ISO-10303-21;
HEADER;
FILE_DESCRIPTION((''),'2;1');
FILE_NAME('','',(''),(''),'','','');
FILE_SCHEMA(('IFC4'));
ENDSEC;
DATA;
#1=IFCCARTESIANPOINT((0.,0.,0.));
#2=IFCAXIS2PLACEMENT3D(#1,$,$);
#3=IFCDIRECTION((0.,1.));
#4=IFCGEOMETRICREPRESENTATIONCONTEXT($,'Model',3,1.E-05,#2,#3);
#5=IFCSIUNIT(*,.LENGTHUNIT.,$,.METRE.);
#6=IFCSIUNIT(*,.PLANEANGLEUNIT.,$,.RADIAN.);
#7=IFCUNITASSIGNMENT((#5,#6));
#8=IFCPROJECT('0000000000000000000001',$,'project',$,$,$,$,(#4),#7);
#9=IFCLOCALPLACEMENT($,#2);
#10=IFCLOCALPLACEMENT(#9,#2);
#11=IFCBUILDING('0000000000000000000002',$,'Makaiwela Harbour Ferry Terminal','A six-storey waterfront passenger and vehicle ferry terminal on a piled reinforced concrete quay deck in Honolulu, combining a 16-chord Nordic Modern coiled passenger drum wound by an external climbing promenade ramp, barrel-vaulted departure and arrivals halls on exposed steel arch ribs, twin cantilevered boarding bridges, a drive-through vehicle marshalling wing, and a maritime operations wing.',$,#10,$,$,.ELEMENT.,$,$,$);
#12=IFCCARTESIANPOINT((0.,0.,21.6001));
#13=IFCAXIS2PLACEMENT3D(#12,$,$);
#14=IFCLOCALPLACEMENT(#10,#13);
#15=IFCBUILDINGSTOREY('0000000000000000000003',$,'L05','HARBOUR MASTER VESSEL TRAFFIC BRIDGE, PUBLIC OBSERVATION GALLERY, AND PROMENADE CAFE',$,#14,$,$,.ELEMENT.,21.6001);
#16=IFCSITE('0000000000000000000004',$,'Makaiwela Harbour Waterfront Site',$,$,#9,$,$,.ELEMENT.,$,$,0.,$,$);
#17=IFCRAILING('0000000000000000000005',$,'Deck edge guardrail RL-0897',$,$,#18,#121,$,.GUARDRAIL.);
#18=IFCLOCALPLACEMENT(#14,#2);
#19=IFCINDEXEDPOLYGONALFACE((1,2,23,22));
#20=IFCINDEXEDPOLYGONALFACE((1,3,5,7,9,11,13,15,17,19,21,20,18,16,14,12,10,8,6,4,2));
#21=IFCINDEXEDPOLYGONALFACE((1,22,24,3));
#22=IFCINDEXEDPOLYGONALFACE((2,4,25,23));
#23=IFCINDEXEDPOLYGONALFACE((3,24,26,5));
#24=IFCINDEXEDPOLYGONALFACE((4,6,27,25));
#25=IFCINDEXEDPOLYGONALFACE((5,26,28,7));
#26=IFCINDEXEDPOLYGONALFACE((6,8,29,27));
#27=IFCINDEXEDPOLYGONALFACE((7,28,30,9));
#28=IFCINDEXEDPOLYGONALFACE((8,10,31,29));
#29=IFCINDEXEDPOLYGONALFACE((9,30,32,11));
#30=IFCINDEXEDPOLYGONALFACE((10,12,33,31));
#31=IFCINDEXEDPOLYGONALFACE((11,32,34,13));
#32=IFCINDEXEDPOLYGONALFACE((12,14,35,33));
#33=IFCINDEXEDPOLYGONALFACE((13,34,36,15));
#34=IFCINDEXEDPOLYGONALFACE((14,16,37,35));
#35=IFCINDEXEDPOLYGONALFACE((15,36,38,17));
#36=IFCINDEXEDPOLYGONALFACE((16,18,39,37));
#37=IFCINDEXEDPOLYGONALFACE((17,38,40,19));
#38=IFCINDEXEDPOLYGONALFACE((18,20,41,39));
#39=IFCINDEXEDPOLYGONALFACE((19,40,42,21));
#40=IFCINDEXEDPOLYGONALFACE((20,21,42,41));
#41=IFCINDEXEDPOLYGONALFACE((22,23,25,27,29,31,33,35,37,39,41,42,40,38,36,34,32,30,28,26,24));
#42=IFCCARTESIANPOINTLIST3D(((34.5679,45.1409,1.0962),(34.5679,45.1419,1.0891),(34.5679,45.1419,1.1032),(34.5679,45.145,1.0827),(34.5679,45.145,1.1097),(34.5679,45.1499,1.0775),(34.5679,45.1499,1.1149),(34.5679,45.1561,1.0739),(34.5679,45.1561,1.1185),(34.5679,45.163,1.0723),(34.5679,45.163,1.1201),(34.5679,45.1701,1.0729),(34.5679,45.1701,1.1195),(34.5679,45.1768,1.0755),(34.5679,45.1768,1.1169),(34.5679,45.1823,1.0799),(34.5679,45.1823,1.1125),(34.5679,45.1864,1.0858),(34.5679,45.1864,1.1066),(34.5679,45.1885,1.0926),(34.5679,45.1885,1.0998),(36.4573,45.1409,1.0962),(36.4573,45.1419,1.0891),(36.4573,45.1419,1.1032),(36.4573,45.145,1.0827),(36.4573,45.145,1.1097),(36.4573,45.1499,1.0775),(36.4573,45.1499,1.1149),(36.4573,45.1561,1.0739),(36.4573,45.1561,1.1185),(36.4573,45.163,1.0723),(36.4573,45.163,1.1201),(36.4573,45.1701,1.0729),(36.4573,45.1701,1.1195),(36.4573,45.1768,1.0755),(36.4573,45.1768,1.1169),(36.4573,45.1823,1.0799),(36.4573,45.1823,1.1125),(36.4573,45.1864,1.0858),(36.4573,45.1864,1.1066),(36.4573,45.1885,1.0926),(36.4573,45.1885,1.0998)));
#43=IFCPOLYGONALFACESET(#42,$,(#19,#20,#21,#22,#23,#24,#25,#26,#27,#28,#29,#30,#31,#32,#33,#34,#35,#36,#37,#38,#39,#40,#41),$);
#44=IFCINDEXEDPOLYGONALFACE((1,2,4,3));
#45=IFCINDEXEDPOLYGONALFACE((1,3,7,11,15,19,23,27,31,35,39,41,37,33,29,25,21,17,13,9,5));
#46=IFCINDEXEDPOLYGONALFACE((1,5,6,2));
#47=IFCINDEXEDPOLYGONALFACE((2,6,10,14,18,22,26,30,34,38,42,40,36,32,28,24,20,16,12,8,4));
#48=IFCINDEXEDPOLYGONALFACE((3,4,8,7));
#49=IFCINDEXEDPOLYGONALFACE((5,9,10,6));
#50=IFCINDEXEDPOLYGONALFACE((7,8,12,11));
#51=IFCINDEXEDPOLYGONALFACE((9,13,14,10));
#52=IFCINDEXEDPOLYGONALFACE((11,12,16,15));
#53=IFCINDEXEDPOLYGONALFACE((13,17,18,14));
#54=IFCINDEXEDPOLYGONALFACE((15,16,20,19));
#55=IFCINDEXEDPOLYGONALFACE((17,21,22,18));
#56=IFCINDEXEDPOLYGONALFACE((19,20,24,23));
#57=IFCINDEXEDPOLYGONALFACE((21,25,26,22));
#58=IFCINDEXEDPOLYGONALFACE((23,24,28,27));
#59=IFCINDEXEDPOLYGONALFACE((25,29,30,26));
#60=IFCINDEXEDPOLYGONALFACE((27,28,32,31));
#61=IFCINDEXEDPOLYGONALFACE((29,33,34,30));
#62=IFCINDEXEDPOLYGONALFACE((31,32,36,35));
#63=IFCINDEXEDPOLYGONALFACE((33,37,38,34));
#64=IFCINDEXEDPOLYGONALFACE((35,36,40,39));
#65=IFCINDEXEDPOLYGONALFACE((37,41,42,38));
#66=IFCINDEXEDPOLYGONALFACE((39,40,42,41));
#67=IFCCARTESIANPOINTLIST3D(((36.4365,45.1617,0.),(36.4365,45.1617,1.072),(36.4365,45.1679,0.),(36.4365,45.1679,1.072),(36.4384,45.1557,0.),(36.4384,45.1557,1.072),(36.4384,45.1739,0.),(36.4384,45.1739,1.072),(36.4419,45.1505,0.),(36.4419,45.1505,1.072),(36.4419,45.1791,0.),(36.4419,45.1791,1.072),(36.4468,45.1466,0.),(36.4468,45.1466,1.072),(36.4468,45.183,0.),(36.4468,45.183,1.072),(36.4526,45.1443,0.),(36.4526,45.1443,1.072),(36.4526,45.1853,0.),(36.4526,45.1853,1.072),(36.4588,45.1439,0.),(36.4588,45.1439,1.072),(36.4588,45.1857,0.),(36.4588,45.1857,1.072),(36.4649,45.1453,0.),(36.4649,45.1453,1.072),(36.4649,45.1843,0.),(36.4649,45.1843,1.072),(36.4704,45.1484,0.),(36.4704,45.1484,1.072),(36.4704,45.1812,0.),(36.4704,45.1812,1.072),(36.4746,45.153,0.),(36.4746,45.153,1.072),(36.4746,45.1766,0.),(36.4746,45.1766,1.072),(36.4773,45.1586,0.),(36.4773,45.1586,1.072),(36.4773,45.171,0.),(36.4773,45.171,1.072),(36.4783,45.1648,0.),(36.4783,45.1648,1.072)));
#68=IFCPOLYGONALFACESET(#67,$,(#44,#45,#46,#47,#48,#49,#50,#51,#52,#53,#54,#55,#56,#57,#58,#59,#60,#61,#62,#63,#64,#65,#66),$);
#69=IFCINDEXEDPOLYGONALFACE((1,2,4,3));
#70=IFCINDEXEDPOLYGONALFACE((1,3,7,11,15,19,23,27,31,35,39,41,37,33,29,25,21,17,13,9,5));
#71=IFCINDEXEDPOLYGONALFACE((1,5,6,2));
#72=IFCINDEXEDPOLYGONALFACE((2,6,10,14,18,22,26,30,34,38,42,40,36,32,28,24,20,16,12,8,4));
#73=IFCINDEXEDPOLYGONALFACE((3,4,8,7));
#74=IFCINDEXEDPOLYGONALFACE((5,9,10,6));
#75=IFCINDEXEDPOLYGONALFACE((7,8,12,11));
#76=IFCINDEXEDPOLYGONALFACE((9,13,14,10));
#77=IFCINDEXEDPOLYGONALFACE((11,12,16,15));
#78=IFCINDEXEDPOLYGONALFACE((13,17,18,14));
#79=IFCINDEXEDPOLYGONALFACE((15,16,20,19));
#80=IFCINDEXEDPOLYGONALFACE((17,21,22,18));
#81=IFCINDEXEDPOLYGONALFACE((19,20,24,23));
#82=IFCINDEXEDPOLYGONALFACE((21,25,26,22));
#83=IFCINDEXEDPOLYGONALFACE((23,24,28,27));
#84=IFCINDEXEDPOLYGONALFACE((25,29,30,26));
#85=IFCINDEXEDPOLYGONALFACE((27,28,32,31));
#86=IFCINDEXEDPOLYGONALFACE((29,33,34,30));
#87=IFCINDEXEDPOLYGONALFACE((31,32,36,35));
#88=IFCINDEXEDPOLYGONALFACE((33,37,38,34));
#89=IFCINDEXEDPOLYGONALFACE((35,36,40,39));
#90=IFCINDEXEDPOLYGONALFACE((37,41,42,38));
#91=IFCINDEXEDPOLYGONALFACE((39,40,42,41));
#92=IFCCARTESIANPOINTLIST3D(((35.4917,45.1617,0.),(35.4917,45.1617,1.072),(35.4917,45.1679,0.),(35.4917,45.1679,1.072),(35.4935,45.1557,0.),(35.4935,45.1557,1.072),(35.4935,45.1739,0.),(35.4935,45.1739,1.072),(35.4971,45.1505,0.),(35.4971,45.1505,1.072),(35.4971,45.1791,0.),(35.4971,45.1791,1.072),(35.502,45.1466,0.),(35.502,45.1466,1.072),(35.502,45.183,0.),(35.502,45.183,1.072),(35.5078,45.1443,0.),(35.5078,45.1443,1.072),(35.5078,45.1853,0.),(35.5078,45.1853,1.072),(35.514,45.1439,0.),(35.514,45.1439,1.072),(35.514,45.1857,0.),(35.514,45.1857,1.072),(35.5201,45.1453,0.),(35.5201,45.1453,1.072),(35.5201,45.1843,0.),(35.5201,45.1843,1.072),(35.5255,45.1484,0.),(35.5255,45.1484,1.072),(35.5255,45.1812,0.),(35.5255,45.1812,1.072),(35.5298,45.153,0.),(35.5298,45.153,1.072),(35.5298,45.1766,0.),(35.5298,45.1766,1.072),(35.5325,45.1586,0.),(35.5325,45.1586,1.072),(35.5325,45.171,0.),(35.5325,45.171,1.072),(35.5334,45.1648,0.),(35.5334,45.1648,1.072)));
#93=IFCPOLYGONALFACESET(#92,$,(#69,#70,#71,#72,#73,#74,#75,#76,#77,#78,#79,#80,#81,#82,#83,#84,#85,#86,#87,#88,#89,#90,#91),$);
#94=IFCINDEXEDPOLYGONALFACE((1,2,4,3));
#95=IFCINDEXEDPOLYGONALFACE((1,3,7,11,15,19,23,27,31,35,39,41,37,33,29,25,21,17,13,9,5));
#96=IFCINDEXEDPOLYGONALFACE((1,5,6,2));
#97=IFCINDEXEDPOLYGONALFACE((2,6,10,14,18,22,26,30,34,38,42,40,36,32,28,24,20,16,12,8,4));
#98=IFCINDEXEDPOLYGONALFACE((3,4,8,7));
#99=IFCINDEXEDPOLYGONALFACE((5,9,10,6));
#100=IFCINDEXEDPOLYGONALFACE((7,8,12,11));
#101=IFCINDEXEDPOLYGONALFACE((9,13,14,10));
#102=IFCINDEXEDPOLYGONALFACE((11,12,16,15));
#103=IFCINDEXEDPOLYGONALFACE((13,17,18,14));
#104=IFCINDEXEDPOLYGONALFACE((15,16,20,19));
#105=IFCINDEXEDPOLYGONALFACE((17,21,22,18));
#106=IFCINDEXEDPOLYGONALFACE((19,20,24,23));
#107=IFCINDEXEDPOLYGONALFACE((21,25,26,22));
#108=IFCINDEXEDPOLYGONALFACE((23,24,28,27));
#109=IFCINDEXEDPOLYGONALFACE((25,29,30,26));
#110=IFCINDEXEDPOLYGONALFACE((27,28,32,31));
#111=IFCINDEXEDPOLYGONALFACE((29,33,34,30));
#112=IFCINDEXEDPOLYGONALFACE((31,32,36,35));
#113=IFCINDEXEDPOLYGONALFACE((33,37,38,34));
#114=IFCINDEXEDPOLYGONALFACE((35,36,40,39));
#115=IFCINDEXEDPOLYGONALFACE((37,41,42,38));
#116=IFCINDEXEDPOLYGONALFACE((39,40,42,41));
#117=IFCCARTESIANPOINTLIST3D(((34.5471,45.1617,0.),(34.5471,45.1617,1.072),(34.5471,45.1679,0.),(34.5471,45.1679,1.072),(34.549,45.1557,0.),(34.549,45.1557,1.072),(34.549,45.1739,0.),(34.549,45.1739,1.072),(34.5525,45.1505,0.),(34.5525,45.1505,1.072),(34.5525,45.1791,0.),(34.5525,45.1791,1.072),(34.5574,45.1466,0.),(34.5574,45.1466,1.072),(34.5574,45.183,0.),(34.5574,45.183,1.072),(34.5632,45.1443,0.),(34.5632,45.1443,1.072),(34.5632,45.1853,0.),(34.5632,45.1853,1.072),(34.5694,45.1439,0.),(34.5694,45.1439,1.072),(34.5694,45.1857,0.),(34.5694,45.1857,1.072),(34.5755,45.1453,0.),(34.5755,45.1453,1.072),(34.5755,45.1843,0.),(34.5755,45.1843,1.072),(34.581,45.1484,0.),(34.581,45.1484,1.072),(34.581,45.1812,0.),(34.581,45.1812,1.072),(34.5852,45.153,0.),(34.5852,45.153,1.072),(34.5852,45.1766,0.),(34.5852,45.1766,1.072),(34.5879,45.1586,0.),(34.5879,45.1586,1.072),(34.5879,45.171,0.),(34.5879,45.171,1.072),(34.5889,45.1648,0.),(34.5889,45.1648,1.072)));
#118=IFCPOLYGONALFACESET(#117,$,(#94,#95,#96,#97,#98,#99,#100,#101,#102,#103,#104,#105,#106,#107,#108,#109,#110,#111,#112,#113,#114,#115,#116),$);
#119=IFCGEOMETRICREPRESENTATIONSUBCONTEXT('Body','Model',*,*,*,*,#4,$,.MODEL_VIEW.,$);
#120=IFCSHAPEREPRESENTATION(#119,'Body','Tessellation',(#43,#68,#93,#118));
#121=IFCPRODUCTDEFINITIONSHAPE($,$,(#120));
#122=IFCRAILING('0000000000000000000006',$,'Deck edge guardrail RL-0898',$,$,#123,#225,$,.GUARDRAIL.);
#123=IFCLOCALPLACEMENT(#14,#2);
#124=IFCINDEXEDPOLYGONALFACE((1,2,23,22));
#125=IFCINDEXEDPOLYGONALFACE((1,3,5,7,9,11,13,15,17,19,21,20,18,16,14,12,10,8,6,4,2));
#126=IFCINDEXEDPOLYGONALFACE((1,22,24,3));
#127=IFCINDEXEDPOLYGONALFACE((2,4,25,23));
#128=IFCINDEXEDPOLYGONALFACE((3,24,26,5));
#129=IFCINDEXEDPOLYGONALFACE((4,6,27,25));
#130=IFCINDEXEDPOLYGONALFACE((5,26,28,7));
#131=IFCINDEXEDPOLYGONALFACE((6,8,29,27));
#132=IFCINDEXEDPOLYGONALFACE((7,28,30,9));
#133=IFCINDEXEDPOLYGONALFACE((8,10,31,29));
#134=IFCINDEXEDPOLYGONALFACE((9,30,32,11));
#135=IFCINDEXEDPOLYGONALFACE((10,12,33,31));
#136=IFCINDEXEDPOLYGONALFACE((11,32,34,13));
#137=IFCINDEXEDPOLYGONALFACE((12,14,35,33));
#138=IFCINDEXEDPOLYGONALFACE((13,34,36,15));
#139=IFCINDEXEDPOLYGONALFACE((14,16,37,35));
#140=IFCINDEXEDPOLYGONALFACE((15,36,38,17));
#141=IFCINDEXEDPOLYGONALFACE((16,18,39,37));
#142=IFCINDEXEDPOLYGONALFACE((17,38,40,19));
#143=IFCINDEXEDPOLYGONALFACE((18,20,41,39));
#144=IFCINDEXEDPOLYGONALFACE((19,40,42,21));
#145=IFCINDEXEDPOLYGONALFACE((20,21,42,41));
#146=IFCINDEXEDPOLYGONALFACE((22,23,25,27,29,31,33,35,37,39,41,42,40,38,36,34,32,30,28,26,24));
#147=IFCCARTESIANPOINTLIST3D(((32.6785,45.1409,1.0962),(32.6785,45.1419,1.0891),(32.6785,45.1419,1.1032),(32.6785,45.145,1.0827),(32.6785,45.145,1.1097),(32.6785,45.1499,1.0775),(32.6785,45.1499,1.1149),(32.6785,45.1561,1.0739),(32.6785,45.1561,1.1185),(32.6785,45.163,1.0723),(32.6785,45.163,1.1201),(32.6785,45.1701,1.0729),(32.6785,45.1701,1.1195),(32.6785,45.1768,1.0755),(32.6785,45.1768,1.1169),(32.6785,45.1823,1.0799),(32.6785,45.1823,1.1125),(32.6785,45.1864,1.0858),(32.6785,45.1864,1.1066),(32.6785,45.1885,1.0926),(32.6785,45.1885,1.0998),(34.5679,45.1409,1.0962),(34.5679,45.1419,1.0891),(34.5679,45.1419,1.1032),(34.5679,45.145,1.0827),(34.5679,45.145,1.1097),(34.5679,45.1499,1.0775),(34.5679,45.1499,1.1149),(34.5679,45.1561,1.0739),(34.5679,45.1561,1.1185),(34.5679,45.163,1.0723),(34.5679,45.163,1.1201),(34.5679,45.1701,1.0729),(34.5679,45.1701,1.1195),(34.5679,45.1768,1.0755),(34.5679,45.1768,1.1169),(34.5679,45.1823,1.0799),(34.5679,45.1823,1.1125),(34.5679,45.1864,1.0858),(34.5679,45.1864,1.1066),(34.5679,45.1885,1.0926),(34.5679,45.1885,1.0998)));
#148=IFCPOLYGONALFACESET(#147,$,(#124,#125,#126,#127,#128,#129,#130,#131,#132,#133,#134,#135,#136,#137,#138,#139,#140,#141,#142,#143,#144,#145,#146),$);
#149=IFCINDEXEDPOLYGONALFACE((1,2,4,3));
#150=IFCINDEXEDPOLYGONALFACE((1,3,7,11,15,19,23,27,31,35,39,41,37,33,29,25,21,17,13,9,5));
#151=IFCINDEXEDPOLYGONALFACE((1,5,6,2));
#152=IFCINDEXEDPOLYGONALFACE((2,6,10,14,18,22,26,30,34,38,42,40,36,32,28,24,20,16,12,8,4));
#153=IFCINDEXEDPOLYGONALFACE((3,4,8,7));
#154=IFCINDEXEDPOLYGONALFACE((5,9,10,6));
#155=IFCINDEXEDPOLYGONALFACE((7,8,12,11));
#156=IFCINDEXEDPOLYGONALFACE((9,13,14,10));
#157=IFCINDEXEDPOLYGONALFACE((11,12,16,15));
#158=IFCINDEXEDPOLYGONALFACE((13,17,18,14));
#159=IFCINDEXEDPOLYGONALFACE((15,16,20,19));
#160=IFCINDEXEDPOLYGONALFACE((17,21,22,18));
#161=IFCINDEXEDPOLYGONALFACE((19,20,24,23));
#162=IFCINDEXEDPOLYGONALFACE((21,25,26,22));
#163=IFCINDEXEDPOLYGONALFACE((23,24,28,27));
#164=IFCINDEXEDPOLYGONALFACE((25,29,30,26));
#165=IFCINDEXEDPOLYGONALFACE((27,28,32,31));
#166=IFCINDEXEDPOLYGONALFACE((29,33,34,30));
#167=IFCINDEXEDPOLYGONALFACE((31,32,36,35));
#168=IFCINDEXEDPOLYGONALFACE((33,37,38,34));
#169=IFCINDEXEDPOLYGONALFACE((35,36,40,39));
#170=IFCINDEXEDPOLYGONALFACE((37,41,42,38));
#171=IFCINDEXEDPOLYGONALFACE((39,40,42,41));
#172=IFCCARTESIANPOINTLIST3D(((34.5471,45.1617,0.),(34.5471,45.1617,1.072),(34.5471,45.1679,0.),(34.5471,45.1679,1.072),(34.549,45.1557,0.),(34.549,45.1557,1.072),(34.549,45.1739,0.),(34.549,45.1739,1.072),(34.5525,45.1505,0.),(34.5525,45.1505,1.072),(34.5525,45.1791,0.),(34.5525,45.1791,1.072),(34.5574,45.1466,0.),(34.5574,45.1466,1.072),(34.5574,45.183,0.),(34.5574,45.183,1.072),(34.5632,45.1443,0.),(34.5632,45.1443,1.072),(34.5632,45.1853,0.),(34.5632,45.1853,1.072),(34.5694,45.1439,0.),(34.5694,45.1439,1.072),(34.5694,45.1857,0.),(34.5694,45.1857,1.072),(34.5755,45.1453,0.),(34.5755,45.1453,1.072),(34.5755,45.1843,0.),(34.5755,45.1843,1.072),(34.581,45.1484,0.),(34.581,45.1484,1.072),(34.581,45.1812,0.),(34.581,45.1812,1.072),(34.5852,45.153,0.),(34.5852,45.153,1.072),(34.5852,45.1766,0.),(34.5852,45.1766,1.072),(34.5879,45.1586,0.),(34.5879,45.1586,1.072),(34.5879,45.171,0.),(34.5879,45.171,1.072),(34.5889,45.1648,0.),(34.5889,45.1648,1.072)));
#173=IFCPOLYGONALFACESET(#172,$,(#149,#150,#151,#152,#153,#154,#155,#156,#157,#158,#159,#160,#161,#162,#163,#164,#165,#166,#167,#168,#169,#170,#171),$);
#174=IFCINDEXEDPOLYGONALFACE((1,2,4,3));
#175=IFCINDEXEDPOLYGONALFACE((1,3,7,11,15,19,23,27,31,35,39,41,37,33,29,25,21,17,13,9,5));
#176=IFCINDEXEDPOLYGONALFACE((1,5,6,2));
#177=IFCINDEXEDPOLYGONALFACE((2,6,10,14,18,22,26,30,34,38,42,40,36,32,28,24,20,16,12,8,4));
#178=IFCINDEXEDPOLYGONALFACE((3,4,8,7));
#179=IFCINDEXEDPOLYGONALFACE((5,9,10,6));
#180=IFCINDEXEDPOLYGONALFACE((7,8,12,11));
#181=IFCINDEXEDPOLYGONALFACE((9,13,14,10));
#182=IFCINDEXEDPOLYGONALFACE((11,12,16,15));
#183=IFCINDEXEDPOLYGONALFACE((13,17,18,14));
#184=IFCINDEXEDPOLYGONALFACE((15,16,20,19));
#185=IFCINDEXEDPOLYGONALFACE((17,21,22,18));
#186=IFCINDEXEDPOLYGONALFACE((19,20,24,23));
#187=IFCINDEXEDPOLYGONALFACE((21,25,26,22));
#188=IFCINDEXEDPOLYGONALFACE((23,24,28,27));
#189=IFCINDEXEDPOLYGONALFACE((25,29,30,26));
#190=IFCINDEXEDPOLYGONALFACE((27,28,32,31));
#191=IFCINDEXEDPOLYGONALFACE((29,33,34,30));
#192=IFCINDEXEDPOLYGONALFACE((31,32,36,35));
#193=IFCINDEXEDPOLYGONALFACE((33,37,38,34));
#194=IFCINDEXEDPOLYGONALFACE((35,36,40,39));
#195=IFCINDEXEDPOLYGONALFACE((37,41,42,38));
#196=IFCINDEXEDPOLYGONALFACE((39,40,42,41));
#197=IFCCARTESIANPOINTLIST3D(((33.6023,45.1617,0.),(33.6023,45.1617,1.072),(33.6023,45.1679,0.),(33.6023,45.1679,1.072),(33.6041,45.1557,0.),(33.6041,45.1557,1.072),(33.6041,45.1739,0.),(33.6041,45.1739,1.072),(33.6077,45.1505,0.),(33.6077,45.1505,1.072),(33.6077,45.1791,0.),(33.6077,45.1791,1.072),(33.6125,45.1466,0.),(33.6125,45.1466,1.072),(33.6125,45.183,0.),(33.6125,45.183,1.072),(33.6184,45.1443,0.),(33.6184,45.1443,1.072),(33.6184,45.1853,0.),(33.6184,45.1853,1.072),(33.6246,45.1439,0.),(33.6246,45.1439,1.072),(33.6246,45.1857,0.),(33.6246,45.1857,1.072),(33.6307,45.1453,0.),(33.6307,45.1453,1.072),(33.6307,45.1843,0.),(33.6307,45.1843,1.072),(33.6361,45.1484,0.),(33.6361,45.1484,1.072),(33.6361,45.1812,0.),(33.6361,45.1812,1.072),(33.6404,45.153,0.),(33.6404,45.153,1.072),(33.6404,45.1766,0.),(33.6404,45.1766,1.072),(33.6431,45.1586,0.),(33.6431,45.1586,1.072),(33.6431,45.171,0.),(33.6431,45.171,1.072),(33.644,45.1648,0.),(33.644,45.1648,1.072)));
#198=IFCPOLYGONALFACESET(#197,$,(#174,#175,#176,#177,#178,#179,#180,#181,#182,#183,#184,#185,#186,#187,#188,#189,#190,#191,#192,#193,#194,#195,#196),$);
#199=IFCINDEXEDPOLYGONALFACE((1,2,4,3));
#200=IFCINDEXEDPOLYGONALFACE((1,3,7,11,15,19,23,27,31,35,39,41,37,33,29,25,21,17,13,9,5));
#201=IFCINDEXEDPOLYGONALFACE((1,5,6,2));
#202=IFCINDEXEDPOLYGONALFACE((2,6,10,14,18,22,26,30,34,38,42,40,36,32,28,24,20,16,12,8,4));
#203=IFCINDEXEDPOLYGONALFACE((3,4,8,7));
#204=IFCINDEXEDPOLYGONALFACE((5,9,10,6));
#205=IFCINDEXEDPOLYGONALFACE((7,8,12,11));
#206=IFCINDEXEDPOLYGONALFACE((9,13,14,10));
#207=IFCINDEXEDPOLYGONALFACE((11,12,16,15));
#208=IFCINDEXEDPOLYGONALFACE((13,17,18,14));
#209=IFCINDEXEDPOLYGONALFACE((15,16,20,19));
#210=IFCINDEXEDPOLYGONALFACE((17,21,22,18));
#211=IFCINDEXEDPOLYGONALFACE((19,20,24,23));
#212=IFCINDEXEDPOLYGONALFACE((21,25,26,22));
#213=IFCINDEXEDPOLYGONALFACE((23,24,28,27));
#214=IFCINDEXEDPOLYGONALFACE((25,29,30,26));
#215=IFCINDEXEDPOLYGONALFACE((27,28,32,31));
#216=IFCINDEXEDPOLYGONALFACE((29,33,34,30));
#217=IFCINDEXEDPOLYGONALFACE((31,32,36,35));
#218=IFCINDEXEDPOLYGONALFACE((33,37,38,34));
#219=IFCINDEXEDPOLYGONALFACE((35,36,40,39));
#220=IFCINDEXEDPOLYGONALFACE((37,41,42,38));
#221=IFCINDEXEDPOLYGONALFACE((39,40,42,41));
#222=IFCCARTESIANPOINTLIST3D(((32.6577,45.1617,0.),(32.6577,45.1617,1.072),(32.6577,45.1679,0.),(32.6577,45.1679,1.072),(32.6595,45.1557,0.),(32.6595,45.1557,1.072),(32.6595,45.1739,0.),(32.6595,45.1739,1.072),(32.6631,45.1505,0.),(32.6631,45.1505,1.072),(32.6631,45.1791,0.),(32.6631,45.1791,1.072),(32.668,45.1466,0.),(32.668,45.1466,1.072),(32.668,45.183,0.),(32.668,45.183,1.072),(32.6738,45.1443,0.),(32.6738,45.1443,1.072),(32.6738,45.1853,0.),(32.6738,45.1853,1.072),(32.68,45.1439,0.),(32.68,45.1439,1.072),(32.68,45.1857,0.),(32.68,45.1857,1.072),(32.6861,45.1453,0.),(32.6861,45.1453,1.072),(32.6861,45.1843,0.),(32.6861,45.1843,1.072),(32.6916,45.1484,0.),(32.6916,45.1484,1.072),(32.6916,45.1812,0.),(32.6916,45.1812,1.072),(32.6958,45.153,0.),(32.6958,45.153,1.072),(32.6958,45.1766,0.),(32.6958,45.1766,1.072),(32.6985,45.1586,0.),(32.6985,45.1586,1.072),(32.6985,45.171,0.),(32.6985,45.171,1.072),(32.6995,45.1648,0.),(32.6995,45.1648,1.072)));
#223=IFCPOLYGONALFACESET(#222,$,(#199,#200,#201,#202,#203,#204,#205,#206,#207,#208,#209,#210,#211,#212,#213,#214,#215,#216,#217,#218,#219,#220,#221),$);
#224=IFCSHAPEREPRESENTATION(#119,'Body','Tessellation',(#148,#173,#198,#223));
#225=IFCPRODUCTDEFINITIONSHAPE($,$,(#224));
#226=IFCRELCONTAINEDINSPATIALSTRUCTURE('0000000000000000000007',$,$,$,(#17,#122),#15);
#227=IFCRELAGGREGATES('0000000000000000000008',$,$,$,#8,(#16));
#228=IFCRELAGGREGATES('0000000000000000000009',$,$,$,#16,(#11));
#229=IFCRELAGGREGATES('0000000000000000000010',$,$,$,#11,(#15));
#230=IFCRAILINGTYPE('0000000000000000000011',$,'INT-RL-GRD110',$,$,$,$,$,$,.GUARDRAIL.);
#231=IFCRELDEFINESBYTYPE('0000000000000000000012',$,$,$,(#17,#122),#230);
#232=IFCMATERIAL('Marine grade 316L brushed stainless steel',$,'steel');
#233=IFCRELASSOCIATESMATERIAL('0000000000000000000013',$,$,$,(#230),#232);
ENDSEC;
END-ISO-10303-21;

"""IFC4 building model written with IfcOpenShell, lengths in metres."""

from ifc_helpers import new_model, si_unit, direction, frame, origin, origin_2d, place, context, subcontext, project, spatial, circle, extrude, material, type_object, element, save


model = new_model("IFC4")

# Units and contexts
model_context = context("Model", 3, precision=1e-05, world=origin(), true_north=direction((0.0, 1.0)))
body_context = subcontext(model_context, "Body", "Model", "MODEL_VIEW")
ifc_project = project(units=[si_unit("LENGTHUNIT", "METRE"), si_unit("PLANEANGLEUNIT", "RADIAN")], contexts=[model_context])

# Site, building, storey
site_placement = place(None, origin())
site = spatial("IfcSite", under=ifc_project, at=site_placement, Name="Makaiwela Harbour Waterfront Site", CompositionType="ELEMENT", RefElevation=0.0)
building_placement = place(site_placement, origin())
building = spatial("IfcBuilding", under=site, at=building_placement, Name="Makaiwela Harbour Ferry Terminal", Description="A six-storey waterfront passenger and vehicle ferry terminal on a piled reinforced concrete quay deck in Honolulu, combining a 16-chord Nordic Modern coiled passenger drum wound by an external climbing promenade ramp, barrel-vaulted departure and arrivals halls on exposed steel arch ribs, twin cantilevered boarding bridges, a drive-through vehicle marshalling wing, and a maritime operations wing.", CompositionType="ELEMENT")
storey_placement = place(building_placement, frame((0.0, 0.0, 21.6001)))
storey = spatial("IfcBuildingStorey", under=building, at=storey_placement, Name="L05", Description="HARBOUR MASTER VESSEL TRAFFIC BRIDGE, PUBLIC OBSERVATION GALLERY, AND PROMENADE CAFE", CompositionType="ELEMENT", Elevation=21.6001)

# Railings
ifc_material_1 = material(Name="Marine grade 316L brushed stainless steel", Category="steel")
railing_type = type_object("IfcRailingType", Name="INT-RL-GRD110", PredefinedType="GUARDRAIL", material=ifc_material_1)
for number, where, name in (
    (1, (36.4573, 45.1648, 0.0), "Deck edge guardrail RL-0897"),
    (2, (34.5679, 45.1648, 0.0), "Deck edge guardrail RL-0898"),
):
    element("IfcRailing", number, at=place(storey_placement, frame(where)), inside=storey, type_object=railing_type, Name=name, PredefinedType="GUARDRAIL", context=body_context, shape_type="SweptSolid", body=[
        extrude(circle(Radius=0.0239, at=origin_2d()), frame((0.0, 0.0, 1.0962), z_axis=(-1.0, 0.0, 0.0), x_axis=(0.0, -1.0, 0.0)), (0.0, 0.0, 1.0), 1.8894),
        extrude(circle(Radius=0.021, at=origin_2d()), origin(), (0.0, 0.0, 1.0), 1.072),
        extrude(circle(Radius=0.021, at=origin_2d()), frame((-0.9448, 0.0, 0.0)), (0.0, 0.0, 1.0), 1.072),
        extrude(circle(Radius=0.021, at=origin_2d()), frame((-1.8894, 0.0, 0.0)), (0.0, 0.0, 1.0), 1.072),
    ])

save(model, "model.ifc")
